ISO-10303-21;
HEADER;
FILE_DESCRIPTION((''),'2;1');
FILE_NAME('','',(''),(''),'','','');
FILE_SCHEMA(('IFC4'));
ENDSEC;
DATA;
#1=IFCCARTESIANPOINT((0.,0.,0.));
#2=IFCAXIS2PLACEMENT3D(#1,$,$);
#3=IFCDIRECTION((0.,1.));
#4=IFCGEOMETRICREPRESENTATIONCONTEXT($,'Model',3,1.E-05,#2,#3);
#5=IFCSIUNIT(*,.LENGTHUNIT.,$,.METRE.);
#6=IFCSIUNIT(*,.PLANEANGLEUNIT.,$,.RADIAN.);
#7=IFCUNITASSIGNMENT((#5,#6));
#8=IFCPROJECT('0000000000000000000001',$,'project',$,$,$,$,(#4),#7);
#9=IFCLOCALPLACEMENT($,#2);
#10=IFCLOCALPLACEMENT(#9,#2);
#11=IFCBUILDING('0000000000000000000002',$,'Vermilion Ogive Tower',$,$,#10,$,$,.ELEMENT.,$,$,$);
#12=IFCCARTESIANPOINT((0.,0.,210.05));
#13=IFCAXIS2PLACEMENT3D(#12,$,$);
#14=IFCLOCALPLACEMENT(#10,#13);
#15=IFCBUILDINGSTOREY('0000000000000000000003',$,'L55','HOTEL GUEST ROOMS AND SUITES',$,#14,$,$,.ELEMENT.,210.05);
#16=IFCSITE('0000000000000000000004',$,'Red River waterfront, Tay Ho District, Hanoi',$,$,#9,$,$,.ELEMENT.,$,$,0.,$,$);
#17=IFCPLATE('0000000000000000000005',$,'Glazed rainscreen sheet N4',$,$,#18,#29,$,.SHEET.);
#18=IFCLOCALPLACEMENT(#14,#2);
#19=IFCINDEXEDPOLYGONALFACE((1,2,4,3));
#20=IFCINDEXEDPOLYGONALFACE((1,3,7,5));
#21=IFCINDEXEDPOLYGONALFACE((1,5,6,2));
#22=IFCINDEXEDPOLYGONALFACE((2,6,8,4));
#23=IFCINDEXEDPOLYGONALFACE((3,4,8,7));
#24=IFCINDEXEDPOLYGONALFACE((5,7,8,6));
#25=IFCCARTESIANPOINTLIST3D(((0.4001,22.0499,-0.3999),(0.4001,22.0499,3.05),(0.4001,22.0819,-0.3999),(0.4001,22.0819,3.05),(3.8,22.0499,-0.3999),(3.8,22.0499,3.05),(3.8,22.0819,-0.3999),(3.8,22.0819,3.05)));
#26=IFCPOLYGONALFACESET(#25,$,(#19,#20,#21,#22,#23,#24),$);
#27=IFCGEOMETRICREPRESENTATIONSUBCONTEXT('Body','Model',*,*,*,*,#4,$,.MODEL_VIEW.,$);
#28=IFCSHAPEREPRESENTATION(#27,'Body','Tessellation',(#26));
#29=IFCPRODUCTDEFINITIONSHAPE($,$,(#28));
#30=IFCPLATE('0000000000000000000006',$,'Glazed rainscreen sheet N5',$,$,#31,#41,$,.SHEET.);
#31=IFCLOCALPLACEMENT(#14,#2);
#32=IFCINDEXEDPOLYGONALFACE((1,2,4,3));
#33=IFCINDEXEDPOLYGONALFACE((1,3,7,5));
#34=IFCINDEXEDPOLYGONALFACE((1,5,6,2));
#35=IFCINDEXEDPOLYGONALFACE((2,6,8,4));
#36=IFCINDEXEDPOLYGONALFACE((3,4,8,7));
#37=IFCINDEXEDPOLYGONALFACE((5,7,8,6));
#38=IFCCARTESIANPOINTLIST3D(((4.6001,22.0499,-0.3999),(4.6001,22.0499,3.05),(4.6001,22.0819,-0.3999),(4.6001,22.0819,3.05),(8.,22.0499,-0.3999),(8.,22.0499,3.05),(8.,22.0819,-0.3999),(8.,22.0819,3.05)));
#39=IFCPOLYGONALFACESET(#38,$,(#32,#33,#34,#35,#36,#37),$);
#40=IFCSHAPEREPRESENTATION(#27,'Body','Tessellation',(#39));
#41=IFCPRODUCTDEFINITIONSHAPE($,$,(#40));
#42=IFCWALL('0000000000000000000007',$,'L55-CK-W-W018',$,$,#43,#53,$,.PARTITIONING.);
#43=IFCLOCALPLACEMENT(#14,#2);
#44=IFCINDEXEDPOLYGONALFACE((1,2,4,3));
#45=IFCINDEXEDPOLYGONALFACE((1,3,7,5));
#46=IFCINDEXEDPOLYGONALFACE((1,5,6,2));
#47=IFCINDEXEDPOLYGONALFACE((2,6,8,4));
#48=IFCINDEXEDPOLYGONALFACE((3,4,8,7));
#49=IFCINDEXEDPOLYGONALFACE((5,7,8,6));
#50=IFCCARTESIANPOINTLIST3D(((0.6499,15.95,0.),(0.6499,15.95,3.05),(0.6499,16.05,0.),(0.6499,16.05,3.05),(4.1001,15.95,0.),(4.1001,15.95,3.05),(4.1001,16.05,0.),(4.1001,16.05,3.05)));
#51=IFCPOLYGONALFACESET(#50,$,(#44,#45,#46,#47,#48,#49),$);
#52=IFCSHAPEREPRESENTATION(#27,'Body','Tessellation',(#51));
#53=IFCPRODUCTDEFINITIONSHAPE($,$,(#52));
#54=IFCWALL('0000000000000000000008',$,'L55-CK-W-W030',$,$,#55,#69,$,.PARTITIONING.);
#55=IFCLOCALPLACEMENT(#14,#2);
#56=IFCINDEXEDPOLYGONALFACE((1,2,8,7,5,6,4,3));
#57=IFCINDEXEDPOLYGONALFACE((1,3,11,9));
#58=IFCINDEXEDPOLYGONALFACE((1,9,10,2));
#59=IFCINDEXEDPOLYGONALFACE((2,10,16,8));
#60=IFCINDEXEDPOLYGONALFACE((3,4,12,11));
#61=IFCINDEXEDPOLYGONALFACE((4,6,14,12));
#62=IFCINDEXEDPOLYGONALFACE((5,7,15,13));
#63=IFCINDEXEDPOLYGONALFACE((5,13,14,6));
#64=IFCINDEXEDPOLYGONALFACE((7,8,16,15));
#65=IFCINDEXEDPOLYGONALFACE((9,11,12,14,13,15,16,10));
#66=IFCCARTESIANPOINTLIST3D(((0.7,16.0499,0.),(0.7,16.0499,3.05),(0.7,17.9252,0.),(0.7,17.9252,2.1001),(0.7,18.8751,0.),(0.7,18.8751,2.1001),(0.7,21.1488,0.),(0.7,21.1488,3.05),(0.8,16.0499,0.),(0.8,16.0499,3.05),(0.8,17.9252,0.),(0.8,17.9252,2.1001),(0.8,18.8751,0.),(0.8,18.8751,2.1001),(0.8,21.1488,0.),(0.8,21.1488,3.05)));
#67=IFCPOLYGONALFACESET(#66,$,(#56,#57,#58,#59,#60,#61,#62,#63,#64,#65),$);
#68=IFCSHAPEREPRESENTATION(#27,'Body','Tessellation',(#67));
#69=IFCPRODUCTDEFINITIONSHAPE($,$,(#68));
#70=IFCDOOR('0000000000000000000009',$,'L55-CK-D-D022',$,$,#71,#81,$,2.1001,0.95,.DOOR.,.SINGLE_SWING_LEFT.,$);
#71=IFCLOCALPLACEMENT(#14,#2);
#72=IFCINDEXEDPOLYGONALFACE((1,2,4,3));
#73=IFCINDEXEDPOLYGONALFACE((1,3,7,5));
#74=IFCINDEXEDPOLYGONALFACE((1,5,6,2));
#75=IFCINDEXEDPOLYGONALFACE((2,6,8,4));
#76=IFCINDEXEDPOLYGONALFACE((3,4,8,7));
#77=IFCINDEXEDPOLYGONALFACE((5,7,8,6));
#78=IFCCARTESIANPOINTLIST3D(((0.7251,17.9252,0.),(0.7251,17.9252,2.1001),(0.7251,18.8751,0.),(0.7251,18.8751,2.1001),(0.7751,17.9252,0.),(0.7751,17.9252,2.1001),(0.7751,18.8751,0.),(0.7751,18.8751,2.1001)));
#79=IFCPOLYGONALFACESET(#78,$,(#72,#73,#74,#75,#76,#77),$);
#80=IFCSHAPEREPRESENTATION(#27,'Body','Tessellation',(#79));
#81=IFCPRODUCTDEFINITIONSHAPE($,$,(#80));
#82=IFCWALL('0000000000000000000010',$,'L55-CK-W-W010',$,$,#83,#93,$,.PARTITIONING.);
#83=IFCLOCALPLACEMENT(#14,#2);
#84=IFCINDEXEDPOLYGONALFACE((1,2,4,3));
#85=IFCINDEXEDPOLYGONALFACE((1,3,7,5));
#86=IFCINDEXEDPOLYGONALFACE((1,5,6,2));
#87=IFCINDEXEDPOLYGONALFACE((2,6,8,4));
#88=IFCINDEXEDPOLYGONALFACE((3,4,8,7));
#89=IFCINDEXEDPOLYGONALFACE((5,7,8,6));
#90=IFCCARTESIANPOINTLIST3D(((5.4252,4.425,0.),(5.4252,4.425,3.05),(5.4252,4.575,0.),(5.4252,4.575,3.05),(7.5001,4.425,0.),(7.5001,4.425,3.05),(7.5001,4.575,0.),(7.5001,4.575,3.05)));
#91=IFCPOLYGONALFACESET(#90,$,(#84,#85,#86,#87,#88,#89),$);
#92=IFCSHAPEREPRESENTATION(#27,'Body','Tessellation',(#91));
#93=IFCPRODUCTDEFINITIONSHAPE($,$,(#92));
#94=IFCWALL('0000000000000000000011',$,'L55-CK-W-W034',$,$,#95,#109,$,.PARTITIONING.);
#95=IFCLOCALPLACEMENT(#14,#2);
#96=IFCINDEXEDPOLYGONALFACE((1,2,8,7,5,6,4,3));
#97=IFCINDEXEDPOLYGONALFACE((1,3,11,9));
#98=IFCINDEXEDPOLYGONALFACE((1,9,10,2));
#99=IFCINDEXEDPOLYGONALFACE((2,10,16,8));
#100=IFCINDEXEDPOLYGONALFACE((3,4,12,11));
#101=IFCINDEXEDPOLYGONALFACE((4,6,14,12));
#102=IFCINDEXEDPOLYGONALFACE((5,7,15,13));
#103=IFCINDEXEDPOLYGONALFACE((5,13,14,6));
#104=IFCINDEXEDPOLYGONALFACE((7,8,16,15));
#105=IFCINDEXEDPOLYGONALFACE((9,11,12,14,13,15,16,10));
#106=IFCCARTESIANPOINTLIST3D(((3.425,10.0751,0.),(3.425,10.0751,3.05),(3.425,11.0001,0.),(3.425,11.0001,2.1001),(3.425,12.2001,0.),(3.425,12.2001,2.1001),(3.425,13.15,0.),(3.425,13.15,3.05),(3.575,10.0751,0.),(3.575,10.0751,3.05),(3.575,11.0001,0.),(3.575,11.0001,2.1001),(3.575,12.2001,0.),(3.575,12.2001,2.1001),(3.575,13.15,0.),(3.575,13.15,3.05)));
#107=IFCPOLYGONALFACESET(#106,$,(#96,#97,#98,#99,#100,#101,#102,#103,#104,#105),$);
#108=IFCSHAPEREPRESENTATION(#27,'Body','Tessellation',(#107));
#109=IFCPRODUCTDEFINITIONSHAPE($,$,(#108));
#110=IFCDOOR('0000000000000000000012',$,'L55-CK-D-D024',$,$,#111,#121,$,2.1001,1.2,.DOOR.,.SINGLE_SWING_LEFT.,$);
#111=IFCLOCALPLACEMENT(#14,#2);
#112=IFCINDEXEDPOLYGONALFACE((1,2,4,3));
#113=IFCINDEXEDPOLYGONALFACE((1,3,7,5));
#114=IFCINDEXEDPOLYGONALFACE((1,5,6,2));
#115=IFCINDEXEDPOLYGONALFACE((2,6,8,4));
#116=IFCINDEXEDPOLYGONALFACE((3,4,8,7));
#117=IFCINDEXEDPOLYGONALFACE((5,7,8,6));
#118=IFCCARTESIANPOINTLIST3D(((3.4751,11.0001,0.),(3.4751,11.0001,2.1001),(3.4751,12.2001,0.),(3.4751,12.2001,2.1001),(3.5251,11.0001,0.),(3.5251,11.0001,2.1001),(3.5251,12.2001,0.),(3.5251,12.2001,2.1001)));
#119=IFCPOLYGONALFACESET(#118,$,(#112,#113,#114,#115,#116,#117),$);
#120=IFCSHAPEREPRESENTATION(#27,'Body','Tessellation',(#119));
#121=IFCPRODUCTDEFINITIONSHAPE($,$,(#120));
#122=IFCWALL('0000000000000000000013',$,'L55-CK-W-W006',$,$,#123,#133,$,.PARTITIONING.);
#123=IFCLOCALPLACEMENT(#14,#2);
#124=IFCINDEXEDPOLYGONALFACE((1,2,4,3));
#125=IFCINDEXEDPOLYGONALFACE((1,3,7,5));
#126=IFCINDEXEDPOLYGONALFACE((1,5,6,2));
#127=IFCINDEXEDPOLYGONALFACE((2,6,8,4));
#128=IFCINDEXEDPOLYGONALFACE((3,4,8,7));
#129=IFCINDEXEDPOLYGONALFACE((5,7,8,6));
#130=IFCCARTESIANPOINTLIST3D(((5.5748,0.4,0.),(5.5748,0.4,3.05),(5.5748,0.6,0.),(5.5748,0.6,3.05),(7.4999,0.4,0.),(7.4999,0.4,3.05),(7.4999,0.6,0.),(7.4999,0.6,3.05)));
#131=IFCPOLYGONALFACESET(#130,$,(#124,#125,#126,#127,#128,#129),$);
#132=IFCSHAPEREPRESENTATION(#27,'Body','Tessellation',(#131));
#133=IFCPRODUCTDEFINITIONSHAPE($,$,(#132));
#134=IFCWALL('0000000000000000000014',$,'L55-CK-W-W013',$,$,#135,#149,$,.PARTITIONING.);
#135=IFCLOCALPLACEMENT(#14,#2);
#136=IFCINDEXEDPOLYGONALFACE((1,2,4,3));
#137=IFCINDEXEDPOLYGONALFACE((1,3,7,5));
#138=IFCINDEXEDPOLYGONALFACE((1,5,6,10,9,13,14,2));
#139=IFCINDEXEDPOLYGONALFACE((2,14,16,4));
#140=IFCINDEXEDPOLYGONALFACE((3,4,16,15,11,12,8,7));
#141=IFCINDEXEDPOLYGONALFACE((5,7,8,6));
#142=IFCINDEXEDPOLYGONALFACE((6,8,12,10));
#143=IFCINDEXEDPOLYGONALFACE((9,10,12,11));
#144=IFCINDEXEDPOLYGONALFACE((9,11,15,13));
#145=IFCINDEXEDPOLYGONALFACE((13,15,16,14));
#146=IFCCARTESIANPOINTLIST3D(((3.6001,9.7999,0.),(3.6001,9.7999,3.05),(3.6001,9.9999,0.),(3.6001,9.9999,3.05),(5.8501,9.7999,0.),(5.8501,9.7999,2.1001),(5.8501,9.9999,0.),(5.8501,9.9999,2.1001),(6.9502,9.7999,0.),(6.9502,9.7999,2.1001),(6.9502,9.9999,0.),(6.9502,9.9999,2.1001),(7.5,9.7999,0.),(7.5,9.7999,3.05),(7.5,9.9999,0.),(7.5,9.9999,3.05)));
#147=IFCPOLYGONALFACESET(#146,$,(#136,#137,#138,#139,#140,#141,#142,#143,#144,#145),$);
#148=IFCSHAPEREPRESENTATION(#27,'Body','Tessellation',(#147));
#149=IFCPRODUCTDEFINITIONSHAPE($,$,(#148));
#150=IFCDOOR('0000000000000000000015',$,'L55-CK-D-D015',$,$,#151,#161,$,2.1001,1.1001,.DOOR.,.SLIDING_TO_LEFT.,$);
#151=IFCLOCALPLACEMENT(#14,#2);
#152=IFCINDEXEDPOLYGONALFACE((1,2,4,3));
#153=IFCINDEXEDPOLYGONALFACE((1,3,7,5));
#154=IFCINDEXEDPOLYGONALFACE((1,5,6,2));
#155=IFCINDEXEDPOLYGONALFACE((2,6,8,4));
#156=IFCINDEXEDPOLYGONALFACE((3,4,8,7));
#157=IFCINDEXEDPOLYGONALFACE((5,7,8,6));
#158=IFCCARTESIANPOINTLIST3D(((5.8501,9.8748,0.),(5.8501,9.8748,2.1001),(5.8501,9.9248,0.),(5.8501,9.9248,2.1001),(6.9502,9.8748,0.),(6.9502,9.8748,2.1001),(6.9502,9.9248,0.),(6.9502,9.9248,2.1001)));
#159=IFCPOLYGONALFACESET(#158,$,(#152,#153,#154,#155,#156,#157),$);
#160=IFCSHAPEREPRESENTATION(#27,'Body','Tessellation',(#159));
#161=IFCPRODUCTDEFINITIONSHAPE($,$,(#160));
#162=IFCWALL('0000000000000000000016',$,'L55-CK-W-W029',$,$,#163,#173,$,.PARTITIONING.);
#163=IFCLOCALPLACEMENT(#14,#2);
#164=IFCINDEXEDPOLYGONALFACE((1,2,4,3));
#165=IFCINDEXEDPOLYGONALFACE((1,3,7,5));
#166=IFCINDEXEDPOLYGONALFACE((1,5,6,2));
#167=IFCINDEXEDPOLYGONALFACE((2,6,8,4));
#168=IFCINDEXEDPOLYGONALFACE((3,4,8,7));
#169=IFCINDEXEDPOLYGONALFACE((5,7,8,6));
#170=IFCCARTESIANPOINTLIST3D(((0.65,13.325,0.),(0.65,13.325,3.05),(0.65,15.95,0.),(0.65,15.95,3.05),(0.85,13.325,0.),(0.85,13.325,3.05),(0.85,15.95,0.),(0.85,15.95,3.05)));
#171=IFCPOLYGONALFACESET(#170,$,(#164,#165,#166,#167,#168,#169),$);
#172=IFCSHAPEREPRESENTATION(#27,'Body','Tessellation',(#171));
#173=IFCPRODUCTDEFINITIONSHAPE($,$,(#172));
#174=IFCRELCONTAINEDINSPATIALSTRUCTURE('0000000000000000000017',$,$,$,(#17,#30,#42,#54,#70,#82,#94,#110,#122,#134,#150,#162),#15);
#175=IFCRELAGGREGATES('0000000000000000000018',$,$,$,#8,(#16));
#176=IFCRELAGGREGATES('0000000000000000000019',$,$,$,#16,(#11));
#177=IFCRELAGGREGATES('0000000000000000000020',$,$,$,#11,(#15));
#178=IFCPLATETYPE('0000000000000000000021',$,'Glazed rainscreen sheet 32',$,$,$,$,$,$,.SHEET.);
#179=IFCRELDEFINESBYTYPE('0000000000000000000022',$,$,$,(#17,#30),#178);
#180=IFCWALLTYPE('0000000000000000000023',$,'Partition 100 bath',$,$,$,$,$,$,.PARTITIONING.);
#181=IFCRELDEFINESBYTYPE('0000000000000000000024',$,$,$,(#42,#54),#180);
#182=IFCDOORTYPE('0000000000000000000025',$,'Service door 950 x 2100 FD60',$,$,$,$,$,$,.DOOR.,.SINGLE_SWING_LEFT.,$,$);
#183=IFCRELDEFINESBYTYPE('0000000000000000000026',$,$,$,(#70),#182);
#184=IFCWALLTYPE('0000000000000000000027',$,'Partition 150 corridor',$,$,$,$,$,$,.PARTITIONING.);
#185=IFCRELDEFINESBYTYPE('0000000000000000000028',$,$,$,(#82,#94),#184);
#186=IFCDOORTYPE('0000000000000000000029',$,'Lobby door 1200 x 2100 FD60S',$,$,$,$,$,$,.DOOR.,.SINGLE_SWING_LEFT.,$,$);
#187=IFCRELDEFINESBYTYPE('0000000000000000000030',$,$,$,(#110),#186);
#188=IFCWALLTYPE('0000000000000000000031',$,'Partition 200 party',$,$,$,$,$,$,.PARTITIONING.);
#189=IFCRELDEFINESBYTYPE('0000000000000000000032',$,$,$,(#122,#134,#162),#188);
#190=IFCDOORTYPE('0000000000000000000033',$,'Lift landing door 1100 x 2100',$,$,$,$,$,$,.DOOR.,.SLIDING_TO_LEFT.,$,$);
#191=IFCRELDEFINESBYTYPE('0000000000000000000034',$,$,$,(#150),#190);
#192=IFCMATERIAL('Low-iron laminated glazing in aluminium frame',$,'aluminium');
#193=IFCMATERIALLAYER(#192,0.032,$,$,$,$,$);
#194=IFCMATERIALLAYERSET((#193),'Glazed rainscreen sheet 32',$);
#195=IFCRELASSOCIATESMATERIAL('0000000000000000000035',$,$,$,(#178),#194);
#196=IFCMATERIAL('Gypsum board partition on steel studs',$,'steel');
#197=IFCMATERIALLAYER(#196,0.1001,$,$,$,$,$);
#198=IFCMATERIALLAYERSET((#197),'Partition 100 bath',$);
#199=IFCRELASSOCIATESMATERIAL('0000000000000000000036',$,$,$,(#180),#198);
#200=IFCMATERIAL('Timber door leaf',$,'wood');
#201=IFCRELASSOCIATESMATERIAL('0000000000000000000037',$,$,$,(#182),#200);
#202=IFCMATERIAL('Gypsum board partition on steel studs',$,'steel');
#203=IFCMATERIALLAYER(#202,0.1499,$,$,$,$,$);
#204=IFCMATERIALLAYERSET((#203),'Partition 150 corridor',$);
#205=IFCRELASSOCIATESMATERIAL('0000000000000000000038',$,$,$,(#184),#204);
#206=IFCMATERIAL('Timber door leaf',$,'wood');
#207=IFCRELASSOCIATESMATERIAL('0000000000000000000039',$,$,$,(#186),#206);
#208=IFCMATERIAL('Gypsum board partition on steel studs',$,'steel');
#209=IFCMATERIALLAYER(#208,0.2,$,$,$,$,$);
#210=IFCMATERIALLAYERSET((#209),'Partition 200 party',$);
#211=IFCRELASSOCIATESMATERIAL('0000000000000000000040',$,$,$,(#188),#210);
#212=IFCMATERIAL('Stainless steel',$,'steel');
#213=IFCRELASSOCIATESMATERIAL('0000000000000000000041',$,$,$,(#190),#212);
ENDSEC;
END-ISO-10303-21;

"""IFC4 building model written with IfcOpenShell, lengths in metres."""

from ifc_helpers import new_model, si_unit, direction, frame, frame_2d, origin, origin_2d, place, context, subcontext, project, spatial, rectangle, extrude, material, layer, layer_set, type_object, element, fill, save


model = new_model("IFC4")

# Units and contexts
model_context = context("Model", 3, precision=1e-05, world=origin(), true_north=direction((0.0, 1.0)))
body_context = subcontext(model_context, "Body", "Model", "MODEL_VIEW")
ifc_project = project(units=[si_unit("LENGTHUNIT", "METRE"), si_unit("PLANEANGLEUNIT", "RADIAN")], contexts=[model_context])

# Site, building, storey
site_placement = place(None, origin())
site = spatial("IfcSite", under=ifc_project, at=site_placement, Name="Red River waterfront, Tay Ho District, Hanoi", CompositionType="ELEMENT", RefElevation=0.0)
building_placement = place(site_placement, origin())
building = spatial("IfcBuilding", under=site, at=building_placement, Name="Vermilion Ogive Tower", CompositionType="ELEMENT")
storey_placement = place(building_placement, frame((0.0, 0.0, 210.05)))
storey = spatial("IfcBuildingStorey", under=building, at=storey_placement, Name="L55", Description="HOTEL GUEST ROOMS AND SUITES", CompositionType="ELEMENT", Elevation=210.05)

# Plates
ifc_material_1 = material(Name="Low-iron laminated glazing in aluminium frame", Category="aluminium")
ifc_layer_1 = layer(ifc_material_1, 0.032)
ifc_layer_set_1 = layer_set([ifc_layer_1], Name="Glazed rainscreen sheet 32")
plate_type = type_object("IfcPlateType", Name="Glazed rainscreen sheet 32", PredefinedType="SHEET", material=ifc_layer_set_1)
for number, where, z_axis, x_axis, name in (
    (1, (2.1001, 22.0659, -0.3999), (0.0, 0.0, 1.0), (1.0, 0.0, 0.0), "Glazed rainscreen sheet N4"),
    (2, (6.3, 22.0659, -0.3999), (0.0, 0.0, 1.0), (1.0, 0.0, 0.0), "Glazed rainscreen sheet N5"),
):
    element("IfcPlate", number, at=place(storey_placement, frame(where, z_axis=z_axis, x_axis=x_axis)), inside=storey, type_object=plate_type, Name=name, PredefinedType="SHEET", context=body_context, shape_type="SweptSolid", body=[
        extrude(rectangle(XDim=3.3999, YDim=0.032, at=origin_2d()), origin(), (0.0, 0.0, 1.0), 3.45),
    ])

# Wall
ifc_material_2 = material(Name="Gypsum board partition on steel studs", Category="steel")
ifc_layer_2 = layer(ifc_material_2, 0.1001)
ifc_layer_set_2 = layer_set([ifc_layer_2], Name="Partition 100 bath")
wall_type_1 = type_object("IfcWallType", Name="Partition 100 bath", PredefinedType="PARTITIONING", material=ifc_layer_set_2)
wall_1_placement = place(storey_placement, frame((0.6499, 16.0, 0.0), z_axis=(0.0, 0.0, 1.0), x_axis=(1.0, 0.0, 0.0)))
element("IfcWall", 3, at=wall_1_placement, inside=storey, type_object=wall_type_1, Name="L55-CK-W-W018", PredefinedType="PARTITIONING", context=body_context, shape_type="SweptSolid", body=[
    extrude(rectangle(XDim=3.4502, YDim=0.1001, at=frame_2d((1.7251, 0.0))), origin(), (0.0, 0.0, 1.0), 3.05),
])

# Wall, opening, door
wall_2_placement = place(storey_placement, frame((0.75, 16.05, 0.0), z_axis=(0.0, 0.0, 1.0), x_axis=(0.0, 1.0, 0.0)))
wall_2 = element("IfcWall", 4, at=wall_2_placement, inside=storey, type_object=wall_type_1, Name="L55-CK-W-W030", PredefinedType="PARTITIONING", context=body_context, shape_type="SweptSolid", body=[
    extrude(rectangle(XDim=5.0989, YDim=0.1001, at=frame_2d((2.5493, 0.0))), origin(), (0.0, 0.0, 1.0), 3.05),
])
opening_1_placement = place(wall_2_placement, frame((1.875, 0.0, 0.0)))
opening_1 = element("IfcOpeningElement", 5, at=opening_1_placement, cuts=wall_2, PredefinedType="OPENING", context=body_context, shape_type="SweptSolid", body=[
    extrude(rectangle(XDim=0.95, YDim=2.1001, at=frame_2d((0.4751, 1.05))), frame((0.0, 0.0601, 0.0), z_axis=(0.0, -1.0, 0.0), x_axis=(1.0, 0.0, 0.0)), (0.0, 0.0, 1.0), 0.1201),
])
ifc_material_3 = material(Name="Timber door leaf", Category="wood")
door_type_1 = type_object("IfcDoorType", Name="Service door 950 x 2100 FD60", OperationType="SINGLE_SWING_LEFT", PredefinedType="DOOR", material=ifc_material_3)
door_1_placement = place(opening_1_placement, origin())
door_1 = element("IfcDoor", 6, at=door_1_placement, inside=storey, type_object=door_type_1, Name="L55-CK-D-D022", OperationType="SINGLE_SWING_LEFT", OverallHeight=2.1001, OverallWidth=0.95, PredefinedType="DOOR", context=body_context, shape_type="SweptSolid", body=[
    extrude(rectangle(XDim=0.95, YDim=2.1001, at=frame_2d((0.4751, 1.05))), frame((0.0, 0.0249, 0.0), z_axis=(0.0, -1.0, 0.0), x_axis=(1.0, 0.0, 0.0)), (0.0, 0.0, 1.0), 0.05),
])
fill(opening_1, door_1)

# Wall
ifc_material_4 = material(Name="Gypsum board partition on steel studs", Category="steel")
ifc_layer_3 = layer(ifc_material_4, 0.1499)
ifc_layer_set_3 = layer_set([ifc_layer_3], Name="Partition 150 corridor")
wall_type_2 = type_object("IfcWallType", Name="Partition 150 corridor", PredefinedType="PARTITIONING", material=ifc_layer_set_3)
wall_3_placement = place(storey_placement, frame((5.425, 4.5, 0.0), z_axis=(0.0, 0.0, 1.0), x_axis=(1.0, 0.0, 0.0)))
element("IfcWall", 7, at=wall_3_placement, inside=storey, type_object=wall_type_2, Name="L55-CK-W-W010", PredefinedType="PARTITIONING", context=body_context, shape_type="SweptSolid", body=[
    extrude(rectangle(XDim=2.075, YDim=0.1499, at=frame_2d((1.0376, 0.0))), origin(), (0.0, 0.0, 1.0), 3.05),
])

# Wall, opening, door
wall_4_placement = place(storey_placement, frame((3.5, 10.075, 0.0), z_axis=(0.0, 0.0, 1.0), x_axis=(0.0, 1.0, 0.0)))
wall_4 = element("IfcWall", 8, at=wall_4_placement, inside=storey, type_object=wall_type_2, Name="L55-CK-W-W034", PredefinedType="PARTITIONING", context=body_context, shape_type="SweptSolid", body=[
    extrude(rectangle(XDim=3.075, YDim=0.1499, at=frame_2d((1.5376, 0.0))), origin(), (0.0, 0.0, 1.0), 3.05),
])
opening_2_placement = place(wall_4_placement, frame((0.925, 0.0, 0.0)))
opening_2 = element("IfcOpeningElement", 9, at=opening_2_placement, cuts=wall_4, PredefinedType="OPENING", context=body_context, shape_type="SweptSolid", body=[
    extrude(rectangle(XDim=1.2, YDim=2.1001, at=frame_2d((0.6001, 1.05))), frame((0.0, 0.085, 0.0), z_axis=(0.0, -1.0, 0.0), x_axis=(1.0, 0.0, 0.0)), (0.0, 0.0, 1.0), 0.1699),
])
ifc_material_5 = material(Name="Timber door leaf", Category="wood")
door_type_2 = type_object("IfcDoorType", Name="Lobby door 1200 x 2100 FD60S", OperationType="SINGLE_SWING_LEFT", PredefinedType="DOOR", material=ifc_material_5)
door_2_placement = place(opening_2_placement, origin())
door_2 = element("IfcDoor", 10, at=door_2_placement, inside=storey, type_object=door_type_2, Name="L55-CK-D-D024", OperationType="SINGLE_SWING_LEFT", OverallHeight=2.1001, OverallWidth=1.2, PredefinedType="DOOR", context=body_context, shape_type="SweptSolid", body=[
    extrude(rectangle(XDim=1.2, YDim=2.1001, at=frame_2d((0.6001, 1.05))), frame((0.0, 0.0249, 0.0), z_axis=(0.0, -1.0, 0.0), x_axis=(1.0, 0.0, 0.0)), (0.0, 0.0, 1.0), 0.05),
])
fill(opening_2, door_2)

# Wall
ifc_material_6 = material(Name="Gypsum board partition on steel studs", Category="steel")
ifc_layer_4 = layer(ifc_material_6, 0.2)
ifc_layer_set_4 = layer_set([ifc_layer_4], Name="Partition 200 party")
wall_type_3 = type_object("IfcWallType", Name="Partition 200 party", PredefinedType="PARTITIONING", material=ifc_layer_set_4)
wall_5_placement = place(storey_placement, frame((5.575, 0.5, 0.0), z_axis=(0.0, 0.0, 1.0), x_axis=(1.0, 0.0, 0.0)))
element("IfcWall", 11, at=wall_5_placement, inside=storey, type_object=wall_type_3, Name="L55-CK-W-W006", PredefinedType="PARTITIONING", context=body_context, shape_type="SweptSolid", body=[
    extrude(rectangle(XDim=1.925, YDim=0.2, at=frame_2d((0.9624, 0.0))), origin(), (0.0, 0.0, 1.0), 3.05),
])

# Wall, opening, door
wall_6_placement = place(storey_placement, frame((3.6001, 9.8999, 0.0), z_axis=(0.0, 0.0, 1.0), x_axis=(1.0, 0.0, 0.0)))
wall_6 = element("IfcWall", 12, at=wall_6_placement, inside=storey, type_object=wall_type_3, Name="L55-CK-W-W013", PredefinedType="PARTITIONING", context=body_context, shape_type="SweptSolid", body=[
    extrude(rectangle(XDim=3.8999, YDim=0.2, at=frame_2d((1.95, 0.0))), origin(), (0.0, 0.0, 1.0), 3.05),
])
opening_3_placement = place(wall_6_placement, frame((2.25, 0.0, 0.0)))
opening_3 = element("IfcOpeningElement", 13, at=opening_3_placement, cuts=wall_6, PredefinedType="OPENING", context=body_context, shape_type="SweptSolid", body=[
    extrude(rectangle(XDim=1.1001, YDim=2.1001, at=frame_2d((0.55, 1.05))), frame((0.0, 0.1099, 0.0), z_axis=(0.0, -1.0, 0.0), x_axis=(1.0, 0.0, 0.0)), (0.0, 0.0, 1.0), 0.22),
])
ifc_material_7 = material(Name="Stainless steel", Category="steel")
door_type_3 = type_object("IfcDoorType", Name="Lift landing door 1100 x 2100", OperationType="SLIDING_TO_LEFT", PredefinedType="DOOR", material=ifc_material_7)
door_3_placement = place(opening_3_placement, origin())
door_3 = element("IfcDoor", 14, at=door_3_placement, inside=storey, type_object=door_type_3, Name="L55-CK-D-D015", OperationType="SLIDING_TO_LEFT", OverallHeight=2.1001, OverallWidth=1.1001, PredefinedType="DOOR", context=body_context, shape_type="SweptSolid", body=[
    extrude(rectangle(XDim=1.1001, YDim=2.1001, at=frame_2d((0.55, 1.05))), frame((0.0, 0.0249, 0.0), z_axis=(0.0, -1.0, 0.0), x_axis=(1.0, 0.0, 0.0)), (0.0, 0.0, 1.0), 0.05),
])
fill(opening_3, door_3)

# Wall
wall_7_placement = place(storey_placement, frame((0.75, 13.325, 0.0), z_axis=(0.0, 0.0, 1.0), x_axis=(0.0, 1.0, 0.0)))
element("IfcWall", 15, at=wall_7_placement, inside=storey, type_object=wall_type_3, Name="L55-CK-W-W029", PredefinedType="PARTITIONING", context=body_context, shape_type="SweptSolid", body=[
    extrude(rectangle(XDim=2.625, YDim=0.2, at=frame_2d((1.3125, 0.0))), origin(), (0.0, 0.0, 1.0), 3.05),
])

save(model, "model.ifc")
